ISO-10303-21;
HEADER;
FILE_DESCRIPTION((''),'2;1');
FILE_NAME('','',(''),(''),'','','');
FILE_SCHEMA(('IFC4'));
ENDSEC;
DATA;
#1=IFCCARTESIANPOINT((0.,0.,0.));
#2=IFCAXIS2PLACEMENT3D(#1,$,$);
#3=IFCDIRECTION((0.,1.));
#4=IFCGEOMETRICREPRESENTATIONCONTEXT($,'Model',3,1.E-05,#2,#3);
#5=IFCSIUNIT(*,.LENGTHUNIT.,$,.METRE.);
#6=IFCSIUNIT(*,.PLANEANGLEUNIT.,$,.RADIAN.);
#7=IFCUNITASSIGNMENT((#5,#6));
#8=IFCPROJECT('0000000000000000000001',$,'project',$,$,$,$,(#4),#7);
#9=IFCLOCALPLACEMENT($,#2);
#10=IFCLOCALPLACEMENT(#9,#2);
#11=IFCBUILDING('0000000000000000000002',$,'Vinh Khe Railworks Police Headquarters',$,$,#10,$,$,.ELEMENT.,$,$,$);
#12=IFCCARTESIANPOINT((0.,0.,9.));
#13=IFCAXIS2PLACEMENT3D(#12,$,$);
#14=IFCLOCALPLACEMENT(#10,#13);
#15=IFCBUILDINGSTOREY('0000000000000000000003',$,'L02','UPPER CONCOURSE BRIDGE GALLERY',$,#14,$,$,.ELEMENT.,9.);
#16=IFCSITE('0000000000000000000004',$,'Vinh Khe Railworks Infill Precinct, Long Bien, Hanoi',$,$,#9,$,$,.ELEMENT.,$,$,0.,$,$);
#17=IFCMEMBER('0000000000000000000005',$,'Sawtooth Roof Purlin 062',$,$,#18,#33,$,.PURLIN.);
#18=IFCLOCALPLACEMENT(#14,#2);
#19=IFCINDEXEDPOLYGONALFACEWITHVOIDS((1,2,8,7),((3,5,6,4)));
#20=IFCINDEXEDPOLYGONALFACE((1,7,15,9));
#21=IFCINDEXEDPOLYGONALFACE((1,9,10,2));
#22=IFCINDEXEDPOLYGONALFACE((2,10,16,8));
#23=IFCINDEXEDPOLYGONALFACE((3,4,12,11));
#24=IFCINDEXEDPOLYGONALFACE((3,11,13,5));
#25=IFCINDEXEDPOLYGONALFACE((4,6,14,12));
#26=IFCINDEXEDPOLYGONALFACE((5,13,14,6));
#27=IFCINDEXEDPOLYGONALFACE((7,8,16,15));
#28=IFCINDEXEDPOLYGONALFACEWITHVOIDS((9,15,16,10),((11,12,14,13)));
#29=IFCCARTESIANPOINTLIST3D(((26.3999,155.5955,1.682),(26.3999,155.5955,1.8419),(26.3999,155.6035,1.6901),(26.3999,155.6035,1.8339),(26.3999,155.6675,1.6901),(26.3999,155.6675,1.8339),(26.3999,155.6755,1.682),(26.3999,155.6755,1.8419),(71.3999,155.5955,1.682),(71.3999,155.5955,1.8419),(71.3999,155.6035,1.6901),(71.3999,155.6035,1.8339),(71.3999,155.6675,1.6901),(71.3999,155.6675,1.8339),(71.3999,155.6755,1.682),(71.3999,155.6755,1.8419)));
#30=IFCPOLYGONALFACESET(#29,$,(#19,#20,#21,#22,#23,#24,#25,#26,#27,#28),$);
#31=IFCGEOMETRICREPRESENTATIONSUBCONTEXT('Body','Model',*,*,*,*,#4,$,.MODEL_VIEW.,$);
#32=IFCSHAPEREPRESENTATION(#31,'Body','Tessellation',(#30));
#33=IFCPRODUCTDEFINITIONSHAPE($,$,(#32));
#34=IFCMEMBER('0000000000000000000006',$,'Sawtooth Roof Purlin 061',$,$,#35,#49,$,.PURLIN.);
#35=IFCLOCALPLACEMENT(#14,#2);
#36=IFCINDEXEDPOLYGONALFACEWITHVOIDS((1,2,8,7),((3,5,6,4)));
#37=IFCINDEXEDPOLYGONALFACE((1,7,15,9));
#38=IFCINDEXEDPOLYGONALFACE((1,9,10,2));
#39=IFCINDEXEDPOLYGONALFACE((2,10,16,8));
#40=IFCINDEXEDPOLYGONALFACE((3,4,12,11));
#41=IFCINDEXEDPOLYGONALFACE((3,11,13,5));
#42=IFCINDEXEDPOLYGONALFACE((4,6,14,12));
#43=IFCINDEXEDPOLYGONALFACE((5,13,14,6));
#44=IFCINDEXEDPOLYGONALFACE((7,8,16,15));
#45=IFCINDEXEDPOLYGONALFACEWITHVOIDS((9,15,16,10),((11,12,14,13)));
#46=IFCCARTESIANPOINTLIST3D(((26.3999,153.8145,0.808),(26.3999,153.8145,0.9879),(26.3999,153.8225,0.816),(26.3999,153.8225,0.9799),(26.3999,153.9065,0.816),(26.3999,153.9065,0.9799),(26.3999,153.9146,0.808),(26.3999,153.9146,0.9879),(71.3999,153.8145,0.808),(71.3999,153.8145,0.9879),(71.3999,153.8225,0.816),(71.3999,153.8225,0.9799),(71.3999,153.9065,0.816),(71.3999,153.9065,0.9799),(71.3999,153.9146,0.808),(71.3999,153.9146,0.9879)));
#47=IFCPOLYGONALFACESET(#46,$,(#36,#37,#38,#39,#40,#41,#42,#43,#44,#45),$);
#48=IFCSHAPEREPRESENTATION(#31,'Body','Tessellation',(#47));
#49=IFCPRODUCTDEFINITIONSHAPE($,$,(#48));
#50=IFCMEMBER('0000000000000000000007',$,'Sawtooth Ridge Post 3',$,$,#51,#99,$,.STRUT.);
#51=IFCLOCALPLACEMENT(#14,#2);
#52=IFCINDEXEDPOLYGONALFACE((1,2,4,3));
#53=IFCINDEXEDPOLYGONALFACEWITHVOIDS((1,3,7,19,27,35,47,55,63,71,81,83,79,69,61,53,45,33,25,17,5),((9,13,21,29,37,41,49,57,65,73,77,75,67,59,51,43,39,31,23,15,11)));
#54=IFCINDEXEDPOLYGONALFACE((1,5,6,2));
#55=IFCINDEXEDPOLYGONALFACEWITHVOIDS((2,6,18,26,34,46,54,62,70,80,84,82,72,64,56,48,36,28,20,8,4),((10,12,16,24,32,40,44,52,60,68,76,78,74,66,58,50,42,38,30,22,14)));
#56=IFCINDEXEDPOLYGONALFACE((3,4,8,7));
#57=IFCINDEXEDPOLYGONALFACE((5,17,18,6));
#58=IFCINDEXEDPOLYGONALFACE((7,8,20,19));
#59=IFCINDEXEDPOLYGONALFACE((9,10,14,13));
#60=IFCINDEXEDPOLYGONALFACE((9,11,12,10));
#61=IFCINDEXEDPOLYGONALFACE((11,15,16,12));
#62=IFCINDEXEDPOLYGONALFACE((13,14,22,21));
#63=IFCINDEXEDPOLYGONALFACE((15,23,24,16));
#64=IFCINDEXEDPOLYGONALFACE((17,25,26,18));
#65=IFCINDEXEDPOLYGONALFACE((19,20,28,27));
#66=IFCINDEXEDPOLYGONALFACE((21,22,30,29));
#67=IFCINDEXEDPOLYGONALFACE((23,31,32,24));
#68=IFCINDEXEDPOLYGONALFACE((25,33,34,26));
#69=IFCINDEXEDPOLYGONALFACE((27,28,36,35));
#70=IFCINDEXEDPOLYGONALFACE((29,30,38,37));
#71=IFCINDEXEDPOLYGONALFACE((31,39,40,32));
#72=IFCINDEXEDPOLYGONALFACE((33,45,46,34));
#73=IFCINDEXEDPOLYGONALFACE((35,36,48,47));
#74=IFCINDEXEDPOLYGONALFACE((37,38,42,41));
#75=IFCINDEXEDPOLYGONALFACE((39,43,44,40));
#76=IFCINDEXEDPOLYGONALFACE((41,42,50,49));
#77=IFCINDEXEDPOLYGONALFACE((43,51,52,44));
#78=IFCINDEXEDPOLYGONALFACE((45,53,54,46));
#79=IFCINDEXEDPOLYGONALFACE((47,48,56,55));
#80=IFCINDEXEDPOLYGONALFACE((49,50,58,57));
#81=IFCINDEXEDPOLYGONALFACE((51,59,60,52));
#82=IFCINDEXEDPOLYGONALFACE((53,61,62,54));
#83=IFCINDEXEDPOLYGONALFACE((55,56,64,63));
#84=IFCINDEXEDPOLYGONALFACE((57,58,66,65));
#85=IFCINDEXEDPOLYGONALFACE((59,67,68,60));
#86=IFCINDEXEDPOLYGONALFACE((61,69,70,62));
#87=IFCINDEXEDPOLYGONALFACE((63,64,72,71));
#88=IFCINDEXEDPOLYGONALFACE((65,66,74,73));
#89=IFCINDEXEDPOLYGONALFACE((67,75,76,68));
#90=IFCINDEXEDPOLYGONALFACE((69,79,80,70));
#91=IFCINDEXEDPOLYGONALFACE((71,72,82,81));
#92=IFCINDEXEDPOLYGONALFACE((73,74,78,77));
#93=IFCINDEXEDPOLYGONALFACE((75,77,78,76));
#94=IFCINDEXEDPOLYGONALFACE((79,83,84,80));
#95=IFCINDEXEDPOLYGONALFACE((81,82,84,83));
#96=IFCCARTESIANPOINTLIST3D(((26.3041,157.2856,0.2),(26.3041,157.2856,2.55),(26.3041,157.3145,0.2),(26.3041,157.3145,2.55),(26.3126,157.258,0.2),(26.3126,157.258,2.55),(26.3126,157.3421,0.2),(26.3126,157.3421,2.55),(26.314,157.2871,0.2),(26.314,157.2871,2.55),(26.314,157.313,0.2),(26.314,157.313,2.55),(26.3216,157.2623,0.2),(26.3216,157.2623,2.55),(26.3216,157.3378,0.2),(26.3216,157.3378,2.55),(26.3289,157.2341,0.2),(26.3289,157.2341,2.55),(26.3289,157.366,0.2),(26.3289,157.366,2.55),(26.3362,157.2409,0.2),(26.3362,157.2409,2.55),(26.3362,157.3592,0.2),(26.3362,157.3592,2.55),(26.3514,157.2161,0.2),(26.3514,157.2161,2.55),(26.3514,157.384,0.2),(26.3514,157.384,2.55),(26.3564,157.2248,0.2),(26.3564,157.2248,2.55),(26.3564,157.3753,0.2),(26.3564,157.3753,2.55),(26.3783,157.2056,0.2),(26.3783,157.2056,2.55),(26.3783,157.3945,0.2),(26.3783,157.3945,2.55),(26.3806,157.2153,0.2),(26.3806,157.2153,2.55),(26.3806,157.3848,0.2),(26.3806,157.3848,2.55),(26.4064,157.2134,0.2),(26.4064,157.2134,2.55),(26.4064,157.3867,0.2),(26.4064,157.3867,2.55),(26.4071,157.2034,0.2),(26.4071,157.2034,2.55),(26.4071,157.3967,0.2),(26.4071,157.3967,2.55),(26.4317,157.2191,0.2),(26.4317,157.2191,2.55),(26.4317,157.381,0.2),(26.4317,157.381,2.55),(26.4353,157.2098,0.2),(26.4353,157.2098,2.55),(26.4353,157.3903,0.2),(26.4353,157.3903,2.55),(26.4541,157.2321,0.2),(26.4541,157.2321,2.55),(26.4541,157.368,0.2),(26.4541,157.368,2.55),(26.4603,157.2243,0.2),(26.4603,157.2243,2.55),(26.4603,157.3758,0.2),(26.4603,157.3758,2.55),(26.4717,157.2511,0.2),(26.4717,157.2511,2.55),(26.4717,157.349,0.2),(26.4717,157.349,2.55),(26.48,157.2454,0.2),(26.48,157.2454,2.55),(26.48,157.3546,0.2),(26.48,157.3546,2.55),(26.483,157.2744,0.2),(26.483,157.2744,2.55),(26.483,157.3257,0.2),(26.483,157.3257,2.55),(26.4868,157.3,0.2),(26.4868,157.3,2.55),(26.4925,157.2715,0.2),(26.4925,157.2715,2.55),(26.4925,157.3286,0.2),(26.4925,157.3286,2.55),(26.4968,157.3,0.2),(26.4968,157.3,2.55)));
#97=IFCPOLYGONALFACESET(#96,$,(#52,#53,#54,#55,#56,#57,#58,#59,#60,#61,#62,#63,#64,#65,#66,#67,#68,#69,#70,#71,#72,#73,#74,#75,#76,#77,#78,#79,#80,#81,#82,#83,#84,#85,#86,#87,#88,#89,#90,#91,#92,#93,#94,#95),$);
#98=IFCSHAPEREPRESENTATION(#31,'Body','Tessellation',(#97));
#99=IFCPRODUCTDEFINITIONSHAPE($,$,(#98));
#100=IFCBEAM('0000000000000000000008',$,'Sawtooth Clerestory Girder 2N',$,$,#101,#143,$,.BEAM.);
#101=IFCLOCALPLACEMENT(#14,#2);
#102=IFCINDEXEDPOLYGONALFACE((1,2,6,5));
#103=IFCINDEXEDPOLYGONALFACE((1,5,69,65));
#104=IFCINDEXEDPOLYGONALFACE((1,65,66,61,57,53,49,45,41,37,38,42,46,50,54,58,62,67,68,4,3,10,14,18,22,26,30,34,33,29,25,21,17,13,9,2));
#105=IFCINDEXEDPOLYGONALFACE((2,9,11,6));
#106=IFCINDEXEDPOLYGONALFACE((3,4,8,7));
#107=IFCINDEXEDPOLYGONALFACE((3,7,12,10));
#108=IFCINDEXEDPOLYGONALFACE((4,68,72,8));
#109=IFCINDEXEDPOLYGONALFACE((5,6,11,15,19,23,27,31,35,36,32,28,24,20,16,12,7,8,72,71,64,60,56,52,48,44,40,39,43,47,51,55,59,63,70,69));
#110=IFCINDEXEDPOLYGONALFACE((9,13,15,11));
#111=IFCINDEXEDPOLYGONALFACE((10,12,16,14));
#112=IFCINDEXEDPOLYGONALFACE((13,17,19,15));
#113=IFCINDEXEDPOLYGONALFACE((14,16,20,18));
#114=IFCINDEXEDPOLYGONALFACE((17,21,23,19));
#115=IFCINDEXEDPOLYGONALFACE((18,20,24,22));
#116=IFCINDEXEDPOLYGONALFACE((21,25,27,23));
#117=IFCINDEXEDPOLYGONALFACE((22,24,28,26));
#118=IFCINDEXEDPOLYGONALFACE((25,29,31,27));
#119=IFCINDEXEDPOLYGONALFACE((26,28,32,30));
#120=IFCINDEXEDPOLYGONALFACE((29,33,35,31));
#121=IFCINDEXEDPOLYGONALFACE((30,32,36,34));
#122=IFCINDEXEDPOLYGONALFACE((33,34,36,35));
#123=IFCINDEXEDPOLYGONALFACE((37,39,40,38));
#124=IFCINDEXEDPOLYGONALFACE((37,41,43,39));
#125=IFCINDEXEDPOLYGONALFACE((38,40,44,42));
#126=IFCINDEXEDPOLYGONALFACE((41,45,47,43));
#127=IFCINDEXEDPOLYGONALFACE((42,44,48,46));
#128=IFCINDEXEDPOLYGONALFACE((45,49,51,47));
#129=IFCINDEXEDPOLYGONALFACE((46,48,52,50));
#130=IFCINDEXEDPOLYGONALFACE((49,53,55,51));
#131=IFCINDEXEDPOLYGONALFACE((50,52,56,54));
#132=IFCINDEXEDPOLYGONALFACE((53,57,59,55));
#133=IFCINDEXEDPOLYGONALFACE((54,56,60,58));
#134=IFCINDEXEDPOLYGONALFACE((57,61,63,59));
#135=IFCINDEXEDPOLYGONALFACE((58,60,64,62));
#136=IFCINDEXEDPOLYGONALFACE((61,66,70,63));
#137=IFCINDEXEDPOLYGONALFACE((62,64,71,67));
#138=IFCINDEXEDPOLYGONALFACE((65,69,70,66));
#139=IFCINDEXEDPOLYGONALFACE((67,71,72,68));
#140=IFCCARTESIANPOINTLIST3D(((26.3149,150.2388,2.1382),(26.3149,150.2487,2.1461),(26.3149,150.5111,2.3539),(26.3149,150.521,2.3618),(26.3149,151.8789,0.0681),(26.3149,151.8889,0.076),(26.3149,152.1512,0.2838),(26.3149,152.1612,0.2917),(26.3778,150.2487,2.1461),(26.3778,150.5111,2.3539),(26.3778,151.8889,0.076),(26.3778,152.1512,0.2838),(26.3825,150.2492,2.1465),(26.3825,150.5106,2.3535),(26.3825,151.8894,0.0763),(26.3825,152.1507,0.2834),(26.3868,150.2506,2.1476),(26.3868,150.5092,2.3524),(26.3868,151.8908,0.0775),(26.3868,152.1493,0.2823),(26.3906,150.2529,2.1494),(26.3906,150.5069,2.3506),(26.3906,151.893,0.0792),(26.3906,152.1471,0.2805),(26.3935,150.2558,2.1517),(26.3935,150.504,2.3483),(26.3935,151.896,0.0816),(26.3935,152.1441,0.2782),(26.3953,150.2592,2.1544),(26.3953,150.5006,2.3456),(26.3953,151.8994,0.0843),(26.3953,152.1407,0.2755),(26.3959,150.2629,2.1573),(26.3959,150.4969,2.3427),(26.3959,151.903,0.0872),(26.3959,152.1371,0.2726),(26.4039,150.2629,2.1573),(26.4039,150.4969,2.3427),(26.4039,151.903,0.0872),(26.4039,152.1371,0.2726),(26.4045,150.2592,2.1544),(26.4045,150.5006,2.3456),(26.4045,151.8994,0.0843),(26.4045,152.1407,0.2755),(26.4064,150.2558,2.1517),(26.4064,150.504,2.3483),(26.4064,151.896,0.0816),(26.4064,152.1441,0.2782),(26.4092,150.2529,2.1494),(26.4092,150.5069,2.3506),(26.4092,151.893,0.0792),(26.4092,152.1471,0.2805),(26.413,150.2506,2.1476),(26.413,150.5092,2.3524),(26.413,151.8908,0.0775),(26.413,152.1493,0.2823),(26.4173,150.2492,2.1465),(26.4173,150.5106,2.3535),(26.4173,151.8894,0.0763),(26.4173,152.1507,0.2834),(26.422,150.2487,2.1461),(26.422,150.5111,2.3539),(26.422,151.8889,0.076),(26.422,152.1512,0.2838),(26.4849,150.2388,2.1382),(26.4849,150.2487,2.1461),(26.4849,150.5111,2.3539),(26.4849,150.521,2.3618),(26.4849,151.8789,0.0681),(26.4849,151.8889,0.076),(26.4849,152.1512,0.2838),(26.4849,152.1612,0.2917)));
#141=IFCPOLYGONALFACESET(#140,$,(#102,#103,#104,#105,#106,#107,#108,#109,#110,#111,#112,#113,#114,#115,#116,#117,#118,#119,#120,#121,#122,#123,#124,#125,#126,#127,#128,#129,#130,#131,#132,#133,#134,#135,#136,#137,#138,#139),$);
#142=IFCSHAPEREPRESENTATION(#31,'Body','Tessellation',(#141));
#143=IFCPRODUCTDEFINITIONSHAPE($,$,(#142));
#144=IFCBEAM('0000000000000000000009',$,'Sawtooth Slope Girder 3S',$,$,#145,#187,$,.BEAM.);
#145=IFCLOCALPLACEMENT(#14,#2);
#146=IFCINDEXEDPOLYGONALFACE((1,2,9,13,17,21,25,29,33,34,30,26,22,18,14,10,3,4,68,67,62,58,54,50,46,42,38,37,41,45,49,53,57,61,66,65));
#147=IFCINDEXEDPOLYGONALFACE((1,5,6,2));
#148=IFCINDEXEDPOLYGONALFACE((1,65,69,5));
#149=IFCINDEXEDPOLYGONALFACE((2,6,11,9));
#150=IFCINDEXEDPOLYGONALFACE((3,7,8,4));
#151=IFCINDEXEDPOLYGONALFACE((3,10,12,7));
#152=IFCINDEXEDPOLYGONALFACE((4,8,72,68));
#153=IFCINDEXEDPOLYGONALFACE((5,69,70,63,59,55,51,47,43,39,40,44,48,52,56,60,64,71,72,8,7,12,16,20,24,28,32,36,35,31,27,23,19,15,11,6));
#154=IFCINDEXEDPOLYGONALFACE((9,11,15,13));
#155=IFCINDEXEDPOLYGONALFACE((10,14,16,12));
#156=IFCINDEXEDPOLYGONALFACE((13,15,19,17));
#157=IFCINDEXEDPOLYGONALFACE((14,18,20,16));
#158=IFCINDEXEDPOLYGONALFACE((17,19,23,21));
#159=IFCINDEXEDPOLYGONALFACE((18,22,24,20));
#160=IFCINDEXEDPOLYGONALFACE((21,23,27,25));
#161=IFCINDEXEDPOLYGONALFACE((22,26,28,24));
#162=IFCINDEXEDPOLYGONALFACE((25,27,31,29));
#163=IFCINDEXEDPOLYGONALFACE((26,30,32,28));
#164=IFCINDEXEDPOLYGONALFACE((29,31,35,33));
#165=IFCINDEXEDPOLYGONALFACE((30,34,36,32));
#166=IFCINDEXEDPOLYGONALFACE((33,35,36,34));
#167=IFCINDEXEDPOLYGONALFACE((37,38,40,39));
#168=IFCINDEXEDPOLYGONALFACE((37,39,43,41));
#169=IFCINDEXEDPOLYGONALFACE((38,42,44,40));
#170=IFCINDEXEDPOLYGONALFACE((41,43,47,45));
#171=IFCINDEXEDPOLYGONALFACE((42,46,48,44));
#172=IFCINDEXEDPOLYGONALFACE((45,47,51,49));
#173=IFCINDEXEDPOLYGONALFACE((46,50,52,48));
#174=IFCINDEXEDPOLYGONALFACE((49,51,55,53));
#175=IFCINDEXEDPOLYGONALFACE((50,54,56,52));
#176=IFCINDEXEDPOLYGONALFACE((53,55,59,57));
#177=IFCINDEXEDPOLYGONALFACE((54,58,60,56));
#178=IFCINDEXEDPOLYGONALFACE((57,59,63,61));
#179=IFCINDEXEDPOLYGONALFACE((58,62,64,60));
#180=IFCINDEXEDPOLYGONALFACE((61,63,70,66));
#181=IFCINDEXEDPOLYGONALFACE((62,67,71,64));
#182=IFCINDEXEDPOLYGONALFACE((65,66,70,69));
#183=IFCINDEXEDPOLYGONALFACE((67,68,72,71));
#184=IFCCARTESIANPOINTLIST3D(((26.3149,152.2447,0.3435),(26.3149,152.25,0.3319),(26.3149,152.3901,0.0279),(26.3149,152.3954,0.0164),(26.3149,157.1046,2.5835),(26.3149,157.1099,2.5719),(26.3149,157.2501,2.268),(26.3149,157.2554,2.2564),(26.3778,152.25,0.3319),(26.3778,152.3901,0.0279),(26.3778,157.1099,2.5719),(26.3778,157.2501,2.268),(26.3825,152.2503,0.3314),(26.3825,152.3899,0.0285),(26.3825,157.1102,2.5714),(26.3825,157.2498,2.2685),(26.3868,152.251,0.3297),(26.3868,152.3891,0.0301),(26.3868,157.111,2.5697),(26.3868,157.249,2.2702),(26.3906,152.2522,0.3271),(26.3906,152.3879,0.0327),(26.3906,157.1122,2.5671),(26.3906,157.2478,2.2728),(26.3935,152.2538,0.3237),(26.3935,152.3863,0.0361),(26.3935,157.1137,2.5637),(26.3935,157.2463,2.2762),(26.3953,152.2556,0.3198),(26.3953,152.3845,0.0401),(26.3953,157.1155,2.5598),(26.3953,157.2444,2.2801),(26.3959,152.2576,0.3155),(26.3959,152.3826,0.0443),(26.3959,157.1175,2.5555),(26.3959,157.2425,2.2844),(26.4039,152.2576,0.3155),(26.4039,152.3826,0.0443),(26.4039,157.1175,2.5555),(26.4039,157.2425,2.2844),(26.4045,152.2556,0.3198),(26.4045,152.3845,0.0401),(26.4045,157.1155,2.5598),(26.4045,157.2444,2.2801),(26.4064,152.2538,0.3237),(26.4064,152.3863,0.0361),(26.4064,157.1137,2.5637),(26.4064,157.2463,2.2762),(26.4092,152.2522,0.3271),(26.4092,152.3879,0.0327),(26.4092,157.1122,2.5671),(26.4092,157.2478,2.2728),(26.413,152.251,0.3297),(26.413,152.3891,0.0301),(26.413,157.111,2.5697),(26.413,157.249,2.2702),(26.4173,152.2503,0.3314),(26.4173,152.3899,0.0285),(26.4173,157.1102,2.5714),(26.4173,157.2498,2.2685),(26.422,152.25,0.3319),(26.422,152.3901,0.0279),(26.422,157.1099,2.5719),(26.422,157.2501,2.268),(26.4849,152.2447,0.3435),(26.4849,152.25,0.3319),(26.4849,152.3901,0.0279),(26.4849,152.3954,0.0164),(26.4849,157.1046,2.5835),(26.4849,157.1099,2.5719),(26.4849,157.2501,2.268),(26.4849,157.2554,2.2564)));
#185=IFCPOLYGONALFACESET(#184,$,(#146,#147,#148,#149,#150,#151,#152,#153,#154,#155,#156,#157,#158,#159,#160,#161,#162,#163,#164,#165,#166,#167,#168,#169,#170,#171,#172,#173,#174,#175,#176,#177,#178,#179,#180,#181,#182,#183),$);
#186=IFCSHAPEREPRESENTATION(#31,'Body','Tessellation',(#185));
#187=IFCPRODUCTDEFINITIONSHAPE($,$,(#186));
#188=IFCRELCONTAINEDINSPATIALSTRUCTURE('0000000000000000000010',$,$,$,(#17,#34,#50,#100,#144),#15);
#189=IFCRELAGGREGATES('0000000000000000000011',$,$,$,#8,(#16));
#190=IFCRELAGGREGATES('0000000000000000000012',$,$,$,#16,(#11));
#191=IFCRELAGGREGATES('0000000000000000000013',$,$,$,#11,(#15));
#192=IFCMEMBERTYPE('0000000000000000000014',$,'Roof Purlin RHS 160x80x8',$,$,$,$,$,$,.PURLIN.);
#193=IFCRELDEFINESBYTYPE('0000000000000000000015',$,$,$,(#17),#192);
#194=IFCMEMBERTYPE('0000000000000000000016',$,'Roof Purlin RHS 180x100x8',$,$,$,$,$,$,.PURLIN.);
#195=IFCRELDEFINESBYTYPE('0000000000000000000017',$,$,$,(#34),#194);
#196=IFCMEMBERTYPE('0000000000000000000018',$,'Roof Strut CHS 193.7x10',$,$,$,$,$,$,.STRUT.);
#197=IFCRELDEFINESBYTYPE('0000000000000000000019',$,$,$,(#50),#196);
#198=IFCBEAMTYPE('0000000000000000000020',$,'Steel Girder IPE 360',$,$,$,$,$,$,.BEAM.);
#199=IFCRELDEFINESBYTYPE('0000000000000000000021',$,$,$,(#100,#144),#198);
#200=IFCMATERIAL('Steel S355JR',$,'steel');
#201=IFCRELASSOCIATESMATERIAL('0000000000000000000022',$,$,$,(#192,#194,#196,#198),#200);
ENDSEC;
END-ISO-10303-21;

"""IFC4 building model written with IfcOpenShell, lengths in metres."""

from ifc_helpers import new_model, si_unit, direction, frame, origin, origin_2d, place, context, subcontext, project, spatial, hollow_rectangle, hollow_circle, i_section, extrude, material, material_profile, profile_set, type_object, element, save


model = new_model("IFC4")

# Units and contexts
model_context = context("Model", 3, precision=1e-05, world=origin(), true_north=direction((0.0, 1.0)))
body_context = subcontext(model_context, "Body", "Model", "MODEL_VIEW")
ifc_project = project(units=[si_unit("LENGTHUNIT", "METRE"), si_unit("PLANEANGLEUNIT", "RADIAN")], contexts=[model_context])

# Site, building, storey
site_placement = place(None, origin())
site = spatial("IfcSite", under=ifc_project, at=site_placement, Name="Vinh Khe Railworks Infill Precinct, Long Bien, Hanoi", CompositionType="ELEMENT", RefElevation=0.0)
building_placement = place(site_placement, origin())
building = spatial("IfcBuilding", under=site, at=building_placement, Name="Vinh Khe Railworks Police Headquarters", CompositionType="ELEMENT")
storey_placement = place(building_placement, frame((0.0, 0.0, 9.0)))
storey = spatial("IfcBuildingStorey", under=building, at=storey_placement, Name="L02", Description="UPPER CONCOURSE BRIDGE GALLERY", CompositionType="ELEMENT", Elevation=9.0)

# Members
ifc_material_1 = material(Name="Steel S355JR", Category="steel")
ifc_material_profile_1 = material_profile(ifc_material_1, hollow_rectangle(XDim=0.0801, YDim=0.1599, WallThickness=0.0081, at=origin_2d()), Name="RHS 160x80x8")
ifc_profile_set_1 = profile_set([ifc_material_profile_1], Name="Steel S355JR")
member_type_1 = type_object("IfcMemberType", Name="Roof Purlin RHS 160x80x8", PredefinedType="PURLIN", material=ifc_profile_set_1)
member_1_placement = place(storey_placement, frame((26.3999, 155.6355, 1.762), z_axis=(1.0, 0.0, 0.0), x_axis=(0.0, 1.0, 0.0)))
element("IfcMember", 1, at=member_1_placement, inside=storey, type_object=member_type_1, Name="Sawtooth Roof Purlin 062", PredefinedType="PURLIN", context=body_context, shape_type="SweptSolid", body=[
    extrude(hollow_rectangle(XDim=0.0801, YDim=0.1599, WallThickness=0.0081, at=origin_2d()), origin(), (0.0, 0.0, 1.0), 45.0),
])
ifc_material_profile_2 = material_profile(ifc_material_1, hollow_rectangle(XDim=0.1001, YDim=0.1799, WallThickness=0.0081, at=origin_2d()), Name="RHS 180x100x8")
ifc_profile_set_2 = profile_set([ifc_material_profile_2], Name="Steel S355JR")
member_type_2 = type_object("IfcMemberType", Name="Roof Purlin RHS 180x100x8", PredefinedType="PURLIN", material=ifc_profile_set_2)
member_2_placement = place(storey_placement, frame((26.3999, 153.8645, 0.8979), z_axis=(1.0, 0.0, 0.0), x_axis=(0.0, 1.0, 0.0)))
element("IfcMember", 2, at=member_2_placement, inside=storey, type_object=member_type_2, Name="Sawtooth Roof Purlin 061", PredefinedType="PURLIN", context=body_context, shape_type="SweptSolid", body=[
    extrude(hollow_rectangle(XDim=0.1001, YDim=0.1799, WallThickness=0.0081, at=origin_2d()), origin(), (0.0, 0.0, 1.0), 45.0),
])
ifc_material_profile_3 = material_profile(ifc_material_1, hollow_circle(Radius=0.0969, WallThickness=0.01, at=origin_2d()), Name="CHS 193.7x10")
ifc_profile_set_3 = profile_set([ifc_material_profile_3], Name="Steel S355JR")
member_type_3 = type_object("IfcMemberType", Name="Roof Strut CHS 193.7x10", PredefinedType="STRUT", material=ifc_profile_set_3)
member_3_placement = place(storey_placement, frame((26.3999, 157.3, 0.2), z_axis=(0.0, 0.0, 1.0), x_axis=(1.0, 0.0, 0.0)))
element("IfcMember", 3, at=member_3_placement, inside=storey, type_object=member_type_3, Name="Sawtooth Ridge Post 3", PredefinedType="STRUT", context=body_context, shape_type="SweptSolid", body=[
    extrude(hollow_circle(Radius=0.0969, WallThickness=0.01, at=origin_2d()), origin(), (0.0, 0.0, 1.0), 2.3501),
])

# Beams
ifc_material_profile_4 = material_profile(ifc_material_1, i_section(OverallWidth=0.1699, OverallDepth=0.3601, WebThickness=0.0081, FlangeThickness=0.0127, FilletRadius=0.0181, at=origin_2d()), Name="IPE 360")
ifc_profile_set_4 = profile_set([ifc_material_profile_4], Name="Steel S355JR")
beam_type = type_object("IfcBeamType", Name="Steel Girder IPE 360", PredefinedType="BEAM", material=ifc_profile_set_4)
beam_1_placement = place(storey_placement, frame((26.3999, 150.3799, 2.25), z_axis=(0.0, 0.621013, -0.7838), x_axis=(-1.0, 0.0, 0.0)))
element("IfcBeam", 4, at=beam_1_placement, inside=storey, type_object=beam_type, Name="Sawtooth Clerestory Girder 2N", PredefinedType="BEAM", context=body_context, shape_type="SweptSolid", body=[
    extrude(i_section(OverallWidth=0.1699, OverallDepth=0.3601, WebThickness=0.0081, FlangeThickness=0.0127, FilletRadius=0.0181, at=origin_2d()), origin(), (0.0, 0.0, 1.0), 2.6411),
])
beam_2_placement = place(storey_placement, frame((26.3999, 152.3201, 0.1799), z_axis=(0.0, 0.908174, 0.418592), x_axis=(-1.0, 0.0, 0.0)))
element("IfcBeam", 5, at=beam_2_placement, inside=storey, type_object=beam_type, Name="Sawtooth Slope Girder 3S", PredefinedType="BEAM", context=body_context, shape_type="SweptSolid", body=[
    extrude(i_section(OverallWidth=0.1699, OverallDepth=0.3601, WebThickness=0.0081, FlangeThickness=0.0127, FilletRadius=0.0181, at=origin_2d()), origin(), (0.0, 0.0, 1.0), 5.3513),
])

save(model, "model.ifc")
